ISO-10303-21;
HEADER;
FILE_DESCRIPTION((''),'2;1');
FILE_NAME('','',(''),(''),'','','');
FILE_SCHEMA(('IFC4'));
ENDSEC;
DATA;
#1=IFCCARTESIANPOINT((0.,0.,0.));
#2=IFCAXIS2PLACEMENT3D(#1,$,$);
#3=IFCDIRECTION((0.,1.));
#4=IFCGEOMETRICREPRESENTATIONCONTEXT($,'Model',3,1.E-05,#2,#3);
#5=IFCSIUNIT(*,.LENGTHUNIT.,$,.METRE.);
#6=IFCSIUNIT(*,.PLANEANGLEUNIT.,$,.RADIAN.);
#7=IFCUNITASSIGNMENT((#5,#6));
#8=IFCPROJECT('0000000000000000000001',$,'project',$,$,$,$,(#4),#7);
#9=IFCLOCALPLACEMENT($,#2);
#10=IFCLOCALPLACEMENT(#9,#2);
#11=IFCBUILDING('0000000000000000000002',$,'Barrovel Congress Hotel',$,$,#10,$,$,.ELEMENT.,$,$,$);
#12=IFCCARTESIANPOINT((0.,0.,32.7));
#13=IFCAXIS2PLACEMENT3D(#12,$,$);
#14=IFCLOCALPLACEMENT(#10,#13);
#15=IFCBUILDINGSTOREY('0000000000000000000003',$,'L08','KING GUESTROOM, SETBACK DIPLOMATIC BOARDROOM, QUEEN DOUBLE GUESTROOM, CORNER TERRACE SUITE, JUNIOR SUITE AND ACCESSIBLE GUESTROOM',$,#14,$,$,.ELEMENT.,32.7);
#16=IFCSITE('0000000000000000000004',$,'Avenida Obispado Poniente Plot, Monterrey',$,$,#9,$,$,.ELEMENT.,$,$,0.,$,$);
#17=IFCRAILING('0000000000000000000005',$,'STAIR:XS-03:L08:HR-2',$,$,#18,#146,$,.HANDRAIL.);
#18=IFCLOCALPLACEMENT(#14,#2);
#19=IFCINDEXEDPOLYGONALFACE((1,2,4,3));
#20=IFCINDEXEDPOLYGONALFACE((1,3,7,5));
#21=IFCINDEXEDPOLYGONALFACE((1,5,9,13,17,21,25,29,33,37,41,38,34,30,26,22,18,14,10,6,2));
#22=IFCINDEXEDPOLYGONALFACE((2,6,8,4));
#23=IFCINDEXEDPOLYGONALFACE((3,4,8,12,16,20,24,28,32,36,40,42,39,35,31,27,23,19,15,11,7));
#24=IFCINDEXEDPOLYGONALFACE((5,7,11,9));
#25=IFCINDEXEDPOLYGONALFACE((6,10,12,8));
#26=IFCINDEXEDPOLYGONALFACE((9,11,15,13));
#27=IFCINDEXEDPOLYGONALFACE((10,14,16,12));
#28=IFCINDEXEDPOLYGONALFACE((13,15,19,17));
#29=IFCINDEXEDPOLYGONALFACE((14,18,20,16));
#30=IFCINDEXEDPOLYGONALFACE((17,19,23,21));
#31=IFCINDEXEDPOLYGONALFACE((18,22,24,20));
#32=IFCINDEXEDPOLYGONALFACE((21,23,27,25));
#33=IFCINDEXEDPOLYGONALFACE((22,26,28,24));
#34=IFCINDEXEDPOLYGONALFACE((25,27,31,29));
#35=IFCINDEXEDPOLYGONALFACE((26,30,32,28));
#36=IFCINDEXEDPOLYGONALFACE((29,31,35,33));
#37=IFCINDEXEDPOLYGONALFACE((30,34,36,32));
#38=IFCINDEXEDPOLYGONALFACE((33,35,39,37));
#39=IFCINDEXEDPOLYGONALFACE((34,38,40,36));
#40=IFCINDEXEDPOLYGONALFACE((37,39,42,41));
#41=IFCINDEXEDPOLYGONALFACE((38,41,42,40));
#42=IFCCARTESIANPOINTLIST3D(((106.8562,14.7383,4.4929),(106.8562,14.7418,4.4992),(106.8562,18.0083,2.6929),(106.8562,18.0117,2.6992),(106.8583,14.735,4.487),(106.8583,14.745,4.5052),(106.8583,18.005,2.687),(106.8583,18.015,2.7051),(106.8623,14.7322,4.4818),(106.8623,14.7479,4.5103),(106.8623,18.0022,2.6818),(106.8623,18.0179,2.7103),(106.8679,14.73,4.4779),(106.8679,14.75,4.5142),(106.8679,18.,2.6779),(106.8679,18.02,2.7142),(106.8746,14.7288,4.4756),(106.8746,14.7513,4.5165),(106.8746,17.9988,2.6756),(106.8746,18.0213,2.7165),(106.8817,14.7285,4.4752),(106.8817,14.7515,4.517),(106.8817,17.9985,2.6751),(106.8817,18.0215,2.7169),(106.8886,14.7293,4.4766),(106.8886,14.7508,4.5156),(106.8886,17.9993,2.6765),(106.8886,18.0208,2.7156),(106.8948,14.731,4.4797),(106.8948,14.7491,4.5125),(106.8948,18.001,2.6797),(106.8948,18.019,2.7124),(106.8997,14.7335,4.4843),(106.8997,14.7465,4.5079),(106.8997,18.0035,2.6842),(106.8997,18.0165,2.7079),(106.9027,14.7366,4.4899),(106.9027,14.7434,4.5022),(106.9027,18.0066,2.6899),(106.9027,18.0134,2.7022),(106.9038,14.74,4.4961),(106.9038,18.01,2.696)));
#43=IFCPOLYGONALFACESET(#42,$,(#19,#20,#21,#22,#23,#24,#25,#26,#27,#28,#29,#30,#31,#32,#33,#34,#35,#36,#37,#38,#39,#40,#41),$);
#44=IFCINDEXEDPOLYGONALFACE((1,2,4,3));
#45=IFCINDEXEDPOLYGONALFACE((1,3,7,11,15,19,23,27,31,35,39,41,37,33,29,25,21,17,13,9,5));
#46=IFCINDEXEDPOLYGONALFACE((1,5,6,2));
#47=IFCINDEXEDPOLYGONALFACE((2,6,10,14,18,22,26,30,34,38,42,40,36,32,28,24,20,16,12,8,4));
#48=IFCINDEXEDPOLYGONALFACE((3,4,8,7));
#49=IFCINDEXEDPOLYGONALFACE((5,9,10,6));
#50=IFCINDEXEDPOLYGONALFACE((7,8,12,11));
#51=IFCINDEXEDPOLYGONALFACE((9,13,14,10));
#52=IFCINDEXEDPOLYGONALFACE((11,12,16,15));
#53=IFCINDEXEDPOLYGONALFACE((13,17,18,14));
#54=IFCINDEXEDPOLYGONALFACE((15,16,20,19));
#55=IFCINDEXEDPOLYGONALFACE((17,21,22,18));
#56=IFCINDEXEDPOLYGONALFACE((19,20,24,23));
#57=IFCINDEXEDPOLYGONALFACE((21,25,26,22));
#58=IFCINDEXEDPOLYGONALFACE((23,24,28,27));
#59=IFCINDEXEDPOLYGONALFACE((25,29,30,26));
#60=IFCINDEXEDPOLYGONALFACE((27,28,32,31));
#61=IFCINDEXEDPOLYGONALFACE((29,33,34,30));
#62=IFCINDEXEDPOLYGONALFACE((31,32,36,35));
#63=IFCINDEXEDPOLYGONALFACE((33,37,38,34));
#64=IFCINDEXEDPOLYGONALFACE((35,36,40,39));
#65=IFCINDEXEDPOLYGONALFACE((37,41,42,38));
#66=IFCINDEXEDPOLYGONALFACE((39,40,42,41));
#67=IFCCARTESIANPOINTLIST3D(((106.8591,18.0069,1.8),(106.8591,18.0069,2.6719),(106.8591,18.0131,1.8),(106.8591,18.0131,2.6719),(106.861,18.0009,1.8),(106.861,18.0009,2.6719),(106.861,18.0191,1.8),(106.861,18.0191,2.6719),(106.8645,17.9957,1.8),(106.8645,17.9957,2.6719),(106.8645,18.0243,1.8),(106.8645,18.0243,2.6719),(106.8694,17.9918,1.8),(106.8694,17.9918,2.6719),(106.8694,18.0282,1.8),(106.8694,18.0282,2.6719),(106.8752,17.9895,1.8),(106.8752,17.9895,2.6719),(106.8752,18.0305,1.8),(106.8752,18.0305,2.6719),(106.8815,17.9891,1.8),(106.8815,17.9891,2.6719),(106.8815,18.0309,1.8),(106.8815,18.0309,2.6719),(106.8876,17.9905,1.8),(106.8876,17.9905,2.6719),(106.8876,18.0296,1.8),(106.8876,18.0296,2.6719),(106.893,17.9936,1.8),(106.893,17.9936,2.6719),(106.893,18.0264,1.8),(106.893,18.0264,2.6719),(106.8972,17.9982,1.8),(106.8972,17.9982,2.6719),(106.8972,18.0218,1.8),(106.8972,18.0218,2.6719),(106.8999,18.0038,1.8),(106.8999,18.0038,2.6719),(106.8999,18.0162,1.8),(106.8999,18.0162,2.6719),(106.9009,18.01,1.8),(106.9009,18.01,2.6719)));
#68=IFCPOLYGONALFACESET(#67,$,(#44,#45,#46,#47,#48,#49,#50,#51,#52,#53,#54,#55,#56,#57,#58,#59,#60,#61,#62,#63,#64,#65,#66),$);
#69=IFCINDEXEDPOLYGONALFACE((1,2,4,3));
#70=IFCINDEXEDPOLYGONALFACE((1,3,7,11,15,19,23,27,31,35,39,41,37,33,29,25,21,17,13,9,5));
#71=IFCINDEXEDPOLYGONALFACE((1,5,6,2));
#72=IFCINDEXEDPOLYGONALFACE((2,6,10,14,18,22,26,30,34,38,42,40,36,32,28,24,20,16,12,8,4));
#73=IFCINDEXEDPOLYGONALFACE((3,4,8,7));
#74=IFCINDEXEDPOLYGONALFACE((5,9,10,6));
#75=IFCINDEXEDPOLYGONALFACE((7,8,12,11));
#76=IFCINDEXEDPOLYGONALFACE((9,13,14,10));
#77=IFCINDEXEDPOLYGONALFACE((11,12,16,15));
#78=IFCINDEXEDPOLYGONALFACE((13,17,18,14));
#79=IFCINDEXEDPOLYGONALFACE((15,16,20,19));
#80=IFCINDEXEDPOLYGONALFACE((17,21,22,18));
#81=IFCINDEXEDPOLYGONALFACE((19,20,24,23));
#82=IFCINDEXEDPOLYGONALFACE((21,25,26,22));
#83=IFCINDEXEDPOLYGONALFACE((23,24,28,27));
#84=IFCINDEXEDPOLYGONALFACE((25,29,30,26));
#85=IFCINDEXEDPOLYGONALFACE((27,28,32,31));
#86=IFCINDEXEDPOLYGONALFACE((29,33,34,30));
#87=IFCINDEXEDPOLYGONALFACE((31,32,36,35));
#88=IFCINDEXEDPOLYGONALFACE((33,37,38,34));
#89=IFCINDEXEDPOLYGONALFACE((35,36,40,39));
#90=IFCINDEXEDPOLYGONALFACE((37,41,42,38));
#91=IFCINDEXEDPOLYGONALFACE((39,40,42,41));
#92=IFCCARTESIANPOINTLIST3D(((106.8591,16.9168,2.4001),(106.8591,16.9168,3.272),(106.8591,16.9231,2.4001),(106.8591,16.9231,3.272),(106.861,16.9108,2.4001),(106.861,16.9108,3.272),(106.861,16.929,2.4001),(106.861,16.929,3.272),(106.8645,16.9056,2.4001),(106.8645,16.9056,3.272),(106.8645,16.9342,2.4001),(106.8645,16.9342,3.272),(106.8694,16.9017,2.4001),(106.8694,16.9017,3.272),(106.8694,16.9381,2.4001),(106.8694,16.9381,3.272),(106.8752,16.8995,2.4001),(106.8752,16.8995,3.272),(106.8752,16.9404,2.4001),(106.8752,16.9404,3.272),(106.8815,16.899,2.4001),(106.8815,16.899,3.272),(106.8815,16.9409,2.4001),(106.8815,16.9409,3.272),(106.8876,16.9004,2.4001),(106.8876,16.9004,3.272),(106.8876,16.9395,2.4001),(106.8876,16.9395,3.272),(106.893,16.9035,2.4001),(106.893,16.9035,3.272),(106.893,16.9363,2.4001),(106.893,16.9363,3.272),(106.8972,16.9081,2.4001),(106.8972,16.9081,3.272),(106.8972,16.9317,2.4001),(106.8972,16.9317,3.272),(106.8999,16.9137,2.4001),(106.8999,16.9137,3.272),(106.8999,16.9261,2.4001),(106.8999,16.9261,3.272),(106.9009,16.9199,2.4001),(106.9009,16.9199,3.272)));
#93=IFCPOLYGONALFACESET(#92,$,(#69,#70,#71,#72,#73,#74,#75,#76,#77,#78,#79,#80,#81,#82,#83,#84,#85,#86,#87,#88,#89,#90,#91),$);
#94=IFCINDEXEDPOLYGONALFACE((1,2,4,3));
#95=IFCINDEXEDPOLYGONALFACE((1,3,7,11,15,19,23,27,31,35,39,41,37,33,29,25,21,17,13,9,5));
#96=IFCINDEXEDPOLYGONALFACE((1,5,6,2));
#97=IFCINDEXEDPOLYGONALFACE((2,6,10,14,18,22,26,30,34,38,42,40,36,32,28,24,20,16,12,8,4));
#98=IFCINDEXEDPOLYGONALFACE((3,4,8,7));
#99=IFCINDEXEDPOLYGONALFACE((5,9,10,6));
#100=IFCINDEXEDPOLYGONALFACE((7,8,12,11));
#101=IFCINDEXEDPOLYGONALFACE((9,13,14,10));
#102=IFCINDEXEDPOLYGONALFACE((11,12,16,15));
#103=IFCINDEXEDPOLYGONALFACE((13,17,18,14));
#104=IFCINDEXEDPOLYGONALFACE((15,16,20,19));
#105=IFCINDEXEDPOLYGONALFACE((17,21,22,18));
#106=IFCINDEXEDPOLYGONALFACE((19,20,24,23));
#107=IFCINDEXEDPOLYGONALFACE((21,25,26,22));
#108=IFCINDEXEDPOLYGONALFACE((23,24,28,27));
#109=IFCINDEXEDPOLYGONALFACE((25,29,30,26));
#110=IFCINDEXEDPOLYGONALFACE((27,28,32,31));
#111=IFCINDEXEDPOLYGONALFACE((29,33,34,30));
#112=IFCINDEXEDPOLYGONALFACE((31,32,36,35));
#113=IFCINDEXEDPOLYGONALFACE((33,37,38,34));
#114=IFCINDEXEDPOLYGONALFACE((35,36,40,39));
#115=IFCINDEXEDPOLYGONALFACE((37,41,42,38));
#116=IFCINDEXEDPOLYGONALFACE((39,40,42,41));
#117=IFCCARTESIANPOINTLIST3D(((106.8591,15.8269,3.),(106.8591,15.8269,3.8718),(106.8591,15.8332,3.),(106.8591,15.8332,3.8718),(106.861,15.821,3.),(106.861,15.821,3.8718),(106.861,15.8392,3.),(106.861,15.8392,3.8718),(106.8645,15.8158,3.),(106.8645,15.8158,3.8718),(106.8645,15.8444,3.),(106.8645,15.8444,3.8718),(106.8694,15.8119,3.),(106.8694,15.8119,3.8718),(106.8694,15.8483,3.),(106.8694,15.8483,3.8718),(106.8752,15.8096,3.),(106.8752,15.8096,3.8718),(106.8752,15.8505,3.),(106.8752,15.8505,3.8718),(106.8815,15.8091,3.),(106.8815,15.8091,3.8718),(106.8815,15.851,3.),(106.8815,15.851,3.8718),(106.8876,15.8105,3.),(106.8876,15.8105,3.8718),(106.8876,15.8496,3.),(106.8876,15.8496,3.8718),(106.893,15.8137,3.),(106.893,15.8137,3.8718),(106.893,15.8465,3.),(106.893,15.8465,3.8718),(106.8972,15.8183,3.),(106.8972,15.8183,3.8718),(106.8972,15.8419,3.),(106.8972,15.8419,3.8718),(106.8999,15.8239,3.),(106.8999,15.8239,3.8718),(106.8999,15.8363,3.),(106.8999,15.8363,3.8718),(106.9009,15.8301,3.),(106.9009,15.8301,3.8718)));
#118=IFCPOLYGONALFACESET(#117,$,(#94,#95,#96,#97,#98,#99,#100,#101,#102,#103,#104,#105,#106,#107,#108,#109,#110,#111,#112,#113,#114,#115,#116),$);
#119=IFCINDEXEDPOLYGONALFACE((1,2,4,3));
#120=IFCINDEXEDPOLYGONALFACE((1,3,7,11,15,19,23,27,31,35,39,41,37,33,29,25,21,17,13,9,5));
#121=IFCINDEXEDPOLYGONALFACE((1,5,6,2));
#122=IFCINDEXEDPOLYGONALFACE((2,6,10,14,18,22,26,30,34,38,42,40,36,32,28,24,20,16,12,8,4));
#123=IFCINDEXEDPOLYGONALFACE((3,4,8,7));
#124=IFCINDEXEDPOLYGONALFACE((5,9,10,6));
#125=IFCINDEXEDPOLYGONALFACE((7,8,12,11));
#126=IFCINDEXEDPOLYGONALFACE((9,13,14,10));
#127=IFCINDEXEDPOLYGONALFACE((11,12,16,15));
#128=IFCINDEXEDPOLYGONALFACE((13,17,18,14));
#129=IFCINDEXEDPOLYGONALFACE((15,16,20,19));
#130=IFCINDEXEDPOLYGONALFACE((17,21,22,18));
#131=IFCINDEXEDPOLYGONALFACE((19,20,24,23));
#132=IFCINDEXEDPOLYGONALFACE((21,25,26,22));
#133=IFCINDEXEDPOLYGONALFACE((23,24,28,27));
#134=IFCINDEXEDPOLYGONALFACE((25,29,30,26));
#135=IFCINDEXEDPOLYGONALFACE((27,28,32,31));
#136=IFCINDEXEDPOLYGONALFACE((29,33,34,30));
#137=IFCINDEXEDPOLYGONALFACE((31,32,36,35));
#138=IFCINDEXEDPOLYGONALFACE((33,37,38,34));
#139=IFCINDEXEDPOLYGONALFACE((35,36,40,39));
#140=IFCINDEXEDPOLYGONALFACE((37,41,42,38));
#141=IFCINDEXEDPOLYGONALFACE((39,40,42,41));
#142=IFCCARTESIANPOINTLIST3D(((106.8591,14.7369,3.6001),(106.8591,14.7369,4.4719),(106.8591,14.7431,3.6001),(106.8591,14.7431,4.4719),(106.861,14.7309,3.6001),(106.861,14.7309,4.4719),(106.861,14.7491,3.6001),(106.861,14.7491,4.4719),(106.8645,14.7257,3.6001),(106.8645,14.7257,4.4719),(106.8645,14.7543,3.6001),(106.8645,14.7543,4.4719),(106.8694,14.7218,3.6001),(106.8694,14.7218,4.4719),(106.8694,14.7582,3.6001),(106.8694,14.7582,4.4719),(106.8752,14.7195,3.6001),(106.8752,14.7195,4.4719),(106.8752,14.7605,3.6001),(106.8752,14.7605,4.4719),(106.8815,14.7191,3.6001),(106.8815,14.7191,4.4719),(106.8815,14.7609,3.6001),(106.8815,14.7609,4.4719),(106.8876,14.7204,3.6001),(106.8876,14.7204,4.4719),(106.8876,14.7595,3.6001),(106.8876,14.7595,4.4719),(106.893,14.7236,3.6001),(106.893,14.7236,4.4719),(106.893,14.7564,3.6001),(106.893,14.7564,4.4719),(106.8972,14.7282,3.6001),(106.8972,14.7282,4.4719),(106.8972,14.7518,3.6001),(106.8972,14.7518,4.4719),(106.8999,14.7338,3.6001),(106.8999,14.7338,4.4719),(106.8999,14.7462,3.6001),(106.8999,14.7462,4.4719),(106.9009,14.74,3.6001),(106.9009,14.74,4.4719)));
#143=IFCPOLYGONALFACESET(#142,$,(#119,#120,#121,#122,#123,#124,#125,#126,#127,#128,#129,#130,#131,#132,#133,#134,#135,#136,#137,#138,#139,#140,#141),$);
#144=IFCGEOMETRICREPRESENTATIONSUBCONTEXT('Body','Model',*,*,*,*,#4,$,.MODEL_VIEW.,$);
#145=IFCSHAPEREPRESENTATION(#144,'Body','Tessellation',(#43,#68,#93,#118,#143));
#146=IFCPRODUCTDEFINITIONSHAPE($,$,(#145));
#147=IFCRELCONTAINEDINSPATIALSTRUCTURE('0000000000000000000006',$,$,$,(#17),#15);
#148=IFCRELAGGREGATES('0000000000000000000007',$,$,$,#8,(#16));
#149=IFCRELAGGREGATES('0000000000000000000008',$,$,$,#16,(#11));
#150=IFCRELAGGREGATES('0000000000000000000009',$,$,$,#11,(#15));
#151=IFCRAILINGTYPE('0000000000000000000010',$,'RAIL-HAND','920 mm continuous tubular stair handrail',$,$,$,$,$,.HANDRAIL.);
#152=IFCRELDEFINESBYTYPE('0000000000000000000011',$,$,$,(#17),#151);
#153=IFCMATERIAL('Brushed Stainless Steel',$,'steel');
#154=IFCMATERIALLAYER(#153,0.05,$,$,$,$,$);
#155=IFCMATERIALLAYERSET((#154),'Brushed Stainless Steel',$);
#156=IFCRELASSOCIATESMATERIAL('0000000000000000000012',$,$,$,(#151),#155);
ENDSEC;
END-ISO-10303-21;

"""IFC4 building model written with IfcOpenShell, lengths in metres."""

from ifc_helpers import new_model, si_unit, direction, frame, origin, origin_2d, place, context, subcontext, project, spatial, circle, extrude, material, layer, layer_set, type_object, element, save


model = new_model("IFC4")

# Units and contexts
model_context = context("Model", 3, precision=1e-05, world=origin(), true_north=direction((0.0, 1.0)))
body_context = subcontext(model_context, "Body", "Model", "MODEL_VIEW")
ifc_project = project(units=[si_unit("LENGTHUNIT", "METRE"), si_unit("PLANEANGLEUNIT", "RADIAN")], contexts=[model_context])

# Site, building, storey
site_placement = place(None, origin())
site = spatial("IfcSite", under=ifc_project, at=site_placement, Name="Avenida Obispado Poniente Plot, Monterrey", CompositionType="ELEMENT", RefElevation=0.0)
building_placement = place(site_placement, origin())
building = spatial("IfcBuilding", under=site, at=building_placement, Name="Barrovel Congress Hotel", CompositionType="ELEMENT")
storey_placement = place(building_placement, frame((0.0, 0.0, 32.7)))
storey = spatial("IfcBuildingStorey", under=building, at=storey_placement, Name="L08", Description="KING GUESTROOM, SETBACK DIPLOMATIC BOARDROOM, QUEEN DOUBLE GUESTROOM, CORNER TERRACE SUITE, JUNIOR SUITE AND ACCESSIBLE GUESTROOM", CompositionType="ELEMENT", Elevation=32.7)

# Railing
ifc_material_1 = material(Name="Brushed Stainless Steel", Category="steel")
ifc_layer_1 = layer(ifc_material_1, 0.05)
ifc_layer_set_1 = layer_set([ifc_layer_1], Name="Brushed Stainless Steel")
railing_type_1 = type_object("IfcRailingType", Name="RAIL-HAND", Description="920 mm continuous tubular stair handrail", PredefinedType="HANDRAIL", material=ifc_layer_set_1)
railing_1_placement = place(storey_placement, frame((106.8799, 18.01, 1.8)))
element("IfcRailing", 1, at=railing_1_placement, inside=storey, type_object=railing_type_1, Name="STAIR:XS-03:L08:HR-2", PredefinedType="HANDRAIL", context=body_context, shape_type="SweptSolid", body=[
    extrude(circle(Radius=0.0239, at=origin_2d()), frame((0.0, 0.0, 0.896), z_axis=(0.0, -0.876042, 0.482235), x_axis=(1.0, 0.0, 0.0)), (0.0, 0.0, 1.0), 3.7327),
    extrude(circle(Radius=0.021, at=origin_2d()), origin(), (0.0, 0.0, 1.0), 0.8718),
    extrude(circle(Radius=0.021, at=origin_2d()), frame((0.0, -1.0901, 0.6001)), (0.0, 0.0, 1.0), 0.8718),
    extrude(circle(Radius=0.021, at=origin_2d()), frame((0.0, -2.1799, 1.2)), (0.0, 0.0, 1.0), 0.8718),
    extrude(circle(Radius=0.021, at=origin_2d()), frame((0.0, -3.27, 1.8)), (0.0, 0.0, 1.0), 0.8718),
])

save(model, "model.ifc")
